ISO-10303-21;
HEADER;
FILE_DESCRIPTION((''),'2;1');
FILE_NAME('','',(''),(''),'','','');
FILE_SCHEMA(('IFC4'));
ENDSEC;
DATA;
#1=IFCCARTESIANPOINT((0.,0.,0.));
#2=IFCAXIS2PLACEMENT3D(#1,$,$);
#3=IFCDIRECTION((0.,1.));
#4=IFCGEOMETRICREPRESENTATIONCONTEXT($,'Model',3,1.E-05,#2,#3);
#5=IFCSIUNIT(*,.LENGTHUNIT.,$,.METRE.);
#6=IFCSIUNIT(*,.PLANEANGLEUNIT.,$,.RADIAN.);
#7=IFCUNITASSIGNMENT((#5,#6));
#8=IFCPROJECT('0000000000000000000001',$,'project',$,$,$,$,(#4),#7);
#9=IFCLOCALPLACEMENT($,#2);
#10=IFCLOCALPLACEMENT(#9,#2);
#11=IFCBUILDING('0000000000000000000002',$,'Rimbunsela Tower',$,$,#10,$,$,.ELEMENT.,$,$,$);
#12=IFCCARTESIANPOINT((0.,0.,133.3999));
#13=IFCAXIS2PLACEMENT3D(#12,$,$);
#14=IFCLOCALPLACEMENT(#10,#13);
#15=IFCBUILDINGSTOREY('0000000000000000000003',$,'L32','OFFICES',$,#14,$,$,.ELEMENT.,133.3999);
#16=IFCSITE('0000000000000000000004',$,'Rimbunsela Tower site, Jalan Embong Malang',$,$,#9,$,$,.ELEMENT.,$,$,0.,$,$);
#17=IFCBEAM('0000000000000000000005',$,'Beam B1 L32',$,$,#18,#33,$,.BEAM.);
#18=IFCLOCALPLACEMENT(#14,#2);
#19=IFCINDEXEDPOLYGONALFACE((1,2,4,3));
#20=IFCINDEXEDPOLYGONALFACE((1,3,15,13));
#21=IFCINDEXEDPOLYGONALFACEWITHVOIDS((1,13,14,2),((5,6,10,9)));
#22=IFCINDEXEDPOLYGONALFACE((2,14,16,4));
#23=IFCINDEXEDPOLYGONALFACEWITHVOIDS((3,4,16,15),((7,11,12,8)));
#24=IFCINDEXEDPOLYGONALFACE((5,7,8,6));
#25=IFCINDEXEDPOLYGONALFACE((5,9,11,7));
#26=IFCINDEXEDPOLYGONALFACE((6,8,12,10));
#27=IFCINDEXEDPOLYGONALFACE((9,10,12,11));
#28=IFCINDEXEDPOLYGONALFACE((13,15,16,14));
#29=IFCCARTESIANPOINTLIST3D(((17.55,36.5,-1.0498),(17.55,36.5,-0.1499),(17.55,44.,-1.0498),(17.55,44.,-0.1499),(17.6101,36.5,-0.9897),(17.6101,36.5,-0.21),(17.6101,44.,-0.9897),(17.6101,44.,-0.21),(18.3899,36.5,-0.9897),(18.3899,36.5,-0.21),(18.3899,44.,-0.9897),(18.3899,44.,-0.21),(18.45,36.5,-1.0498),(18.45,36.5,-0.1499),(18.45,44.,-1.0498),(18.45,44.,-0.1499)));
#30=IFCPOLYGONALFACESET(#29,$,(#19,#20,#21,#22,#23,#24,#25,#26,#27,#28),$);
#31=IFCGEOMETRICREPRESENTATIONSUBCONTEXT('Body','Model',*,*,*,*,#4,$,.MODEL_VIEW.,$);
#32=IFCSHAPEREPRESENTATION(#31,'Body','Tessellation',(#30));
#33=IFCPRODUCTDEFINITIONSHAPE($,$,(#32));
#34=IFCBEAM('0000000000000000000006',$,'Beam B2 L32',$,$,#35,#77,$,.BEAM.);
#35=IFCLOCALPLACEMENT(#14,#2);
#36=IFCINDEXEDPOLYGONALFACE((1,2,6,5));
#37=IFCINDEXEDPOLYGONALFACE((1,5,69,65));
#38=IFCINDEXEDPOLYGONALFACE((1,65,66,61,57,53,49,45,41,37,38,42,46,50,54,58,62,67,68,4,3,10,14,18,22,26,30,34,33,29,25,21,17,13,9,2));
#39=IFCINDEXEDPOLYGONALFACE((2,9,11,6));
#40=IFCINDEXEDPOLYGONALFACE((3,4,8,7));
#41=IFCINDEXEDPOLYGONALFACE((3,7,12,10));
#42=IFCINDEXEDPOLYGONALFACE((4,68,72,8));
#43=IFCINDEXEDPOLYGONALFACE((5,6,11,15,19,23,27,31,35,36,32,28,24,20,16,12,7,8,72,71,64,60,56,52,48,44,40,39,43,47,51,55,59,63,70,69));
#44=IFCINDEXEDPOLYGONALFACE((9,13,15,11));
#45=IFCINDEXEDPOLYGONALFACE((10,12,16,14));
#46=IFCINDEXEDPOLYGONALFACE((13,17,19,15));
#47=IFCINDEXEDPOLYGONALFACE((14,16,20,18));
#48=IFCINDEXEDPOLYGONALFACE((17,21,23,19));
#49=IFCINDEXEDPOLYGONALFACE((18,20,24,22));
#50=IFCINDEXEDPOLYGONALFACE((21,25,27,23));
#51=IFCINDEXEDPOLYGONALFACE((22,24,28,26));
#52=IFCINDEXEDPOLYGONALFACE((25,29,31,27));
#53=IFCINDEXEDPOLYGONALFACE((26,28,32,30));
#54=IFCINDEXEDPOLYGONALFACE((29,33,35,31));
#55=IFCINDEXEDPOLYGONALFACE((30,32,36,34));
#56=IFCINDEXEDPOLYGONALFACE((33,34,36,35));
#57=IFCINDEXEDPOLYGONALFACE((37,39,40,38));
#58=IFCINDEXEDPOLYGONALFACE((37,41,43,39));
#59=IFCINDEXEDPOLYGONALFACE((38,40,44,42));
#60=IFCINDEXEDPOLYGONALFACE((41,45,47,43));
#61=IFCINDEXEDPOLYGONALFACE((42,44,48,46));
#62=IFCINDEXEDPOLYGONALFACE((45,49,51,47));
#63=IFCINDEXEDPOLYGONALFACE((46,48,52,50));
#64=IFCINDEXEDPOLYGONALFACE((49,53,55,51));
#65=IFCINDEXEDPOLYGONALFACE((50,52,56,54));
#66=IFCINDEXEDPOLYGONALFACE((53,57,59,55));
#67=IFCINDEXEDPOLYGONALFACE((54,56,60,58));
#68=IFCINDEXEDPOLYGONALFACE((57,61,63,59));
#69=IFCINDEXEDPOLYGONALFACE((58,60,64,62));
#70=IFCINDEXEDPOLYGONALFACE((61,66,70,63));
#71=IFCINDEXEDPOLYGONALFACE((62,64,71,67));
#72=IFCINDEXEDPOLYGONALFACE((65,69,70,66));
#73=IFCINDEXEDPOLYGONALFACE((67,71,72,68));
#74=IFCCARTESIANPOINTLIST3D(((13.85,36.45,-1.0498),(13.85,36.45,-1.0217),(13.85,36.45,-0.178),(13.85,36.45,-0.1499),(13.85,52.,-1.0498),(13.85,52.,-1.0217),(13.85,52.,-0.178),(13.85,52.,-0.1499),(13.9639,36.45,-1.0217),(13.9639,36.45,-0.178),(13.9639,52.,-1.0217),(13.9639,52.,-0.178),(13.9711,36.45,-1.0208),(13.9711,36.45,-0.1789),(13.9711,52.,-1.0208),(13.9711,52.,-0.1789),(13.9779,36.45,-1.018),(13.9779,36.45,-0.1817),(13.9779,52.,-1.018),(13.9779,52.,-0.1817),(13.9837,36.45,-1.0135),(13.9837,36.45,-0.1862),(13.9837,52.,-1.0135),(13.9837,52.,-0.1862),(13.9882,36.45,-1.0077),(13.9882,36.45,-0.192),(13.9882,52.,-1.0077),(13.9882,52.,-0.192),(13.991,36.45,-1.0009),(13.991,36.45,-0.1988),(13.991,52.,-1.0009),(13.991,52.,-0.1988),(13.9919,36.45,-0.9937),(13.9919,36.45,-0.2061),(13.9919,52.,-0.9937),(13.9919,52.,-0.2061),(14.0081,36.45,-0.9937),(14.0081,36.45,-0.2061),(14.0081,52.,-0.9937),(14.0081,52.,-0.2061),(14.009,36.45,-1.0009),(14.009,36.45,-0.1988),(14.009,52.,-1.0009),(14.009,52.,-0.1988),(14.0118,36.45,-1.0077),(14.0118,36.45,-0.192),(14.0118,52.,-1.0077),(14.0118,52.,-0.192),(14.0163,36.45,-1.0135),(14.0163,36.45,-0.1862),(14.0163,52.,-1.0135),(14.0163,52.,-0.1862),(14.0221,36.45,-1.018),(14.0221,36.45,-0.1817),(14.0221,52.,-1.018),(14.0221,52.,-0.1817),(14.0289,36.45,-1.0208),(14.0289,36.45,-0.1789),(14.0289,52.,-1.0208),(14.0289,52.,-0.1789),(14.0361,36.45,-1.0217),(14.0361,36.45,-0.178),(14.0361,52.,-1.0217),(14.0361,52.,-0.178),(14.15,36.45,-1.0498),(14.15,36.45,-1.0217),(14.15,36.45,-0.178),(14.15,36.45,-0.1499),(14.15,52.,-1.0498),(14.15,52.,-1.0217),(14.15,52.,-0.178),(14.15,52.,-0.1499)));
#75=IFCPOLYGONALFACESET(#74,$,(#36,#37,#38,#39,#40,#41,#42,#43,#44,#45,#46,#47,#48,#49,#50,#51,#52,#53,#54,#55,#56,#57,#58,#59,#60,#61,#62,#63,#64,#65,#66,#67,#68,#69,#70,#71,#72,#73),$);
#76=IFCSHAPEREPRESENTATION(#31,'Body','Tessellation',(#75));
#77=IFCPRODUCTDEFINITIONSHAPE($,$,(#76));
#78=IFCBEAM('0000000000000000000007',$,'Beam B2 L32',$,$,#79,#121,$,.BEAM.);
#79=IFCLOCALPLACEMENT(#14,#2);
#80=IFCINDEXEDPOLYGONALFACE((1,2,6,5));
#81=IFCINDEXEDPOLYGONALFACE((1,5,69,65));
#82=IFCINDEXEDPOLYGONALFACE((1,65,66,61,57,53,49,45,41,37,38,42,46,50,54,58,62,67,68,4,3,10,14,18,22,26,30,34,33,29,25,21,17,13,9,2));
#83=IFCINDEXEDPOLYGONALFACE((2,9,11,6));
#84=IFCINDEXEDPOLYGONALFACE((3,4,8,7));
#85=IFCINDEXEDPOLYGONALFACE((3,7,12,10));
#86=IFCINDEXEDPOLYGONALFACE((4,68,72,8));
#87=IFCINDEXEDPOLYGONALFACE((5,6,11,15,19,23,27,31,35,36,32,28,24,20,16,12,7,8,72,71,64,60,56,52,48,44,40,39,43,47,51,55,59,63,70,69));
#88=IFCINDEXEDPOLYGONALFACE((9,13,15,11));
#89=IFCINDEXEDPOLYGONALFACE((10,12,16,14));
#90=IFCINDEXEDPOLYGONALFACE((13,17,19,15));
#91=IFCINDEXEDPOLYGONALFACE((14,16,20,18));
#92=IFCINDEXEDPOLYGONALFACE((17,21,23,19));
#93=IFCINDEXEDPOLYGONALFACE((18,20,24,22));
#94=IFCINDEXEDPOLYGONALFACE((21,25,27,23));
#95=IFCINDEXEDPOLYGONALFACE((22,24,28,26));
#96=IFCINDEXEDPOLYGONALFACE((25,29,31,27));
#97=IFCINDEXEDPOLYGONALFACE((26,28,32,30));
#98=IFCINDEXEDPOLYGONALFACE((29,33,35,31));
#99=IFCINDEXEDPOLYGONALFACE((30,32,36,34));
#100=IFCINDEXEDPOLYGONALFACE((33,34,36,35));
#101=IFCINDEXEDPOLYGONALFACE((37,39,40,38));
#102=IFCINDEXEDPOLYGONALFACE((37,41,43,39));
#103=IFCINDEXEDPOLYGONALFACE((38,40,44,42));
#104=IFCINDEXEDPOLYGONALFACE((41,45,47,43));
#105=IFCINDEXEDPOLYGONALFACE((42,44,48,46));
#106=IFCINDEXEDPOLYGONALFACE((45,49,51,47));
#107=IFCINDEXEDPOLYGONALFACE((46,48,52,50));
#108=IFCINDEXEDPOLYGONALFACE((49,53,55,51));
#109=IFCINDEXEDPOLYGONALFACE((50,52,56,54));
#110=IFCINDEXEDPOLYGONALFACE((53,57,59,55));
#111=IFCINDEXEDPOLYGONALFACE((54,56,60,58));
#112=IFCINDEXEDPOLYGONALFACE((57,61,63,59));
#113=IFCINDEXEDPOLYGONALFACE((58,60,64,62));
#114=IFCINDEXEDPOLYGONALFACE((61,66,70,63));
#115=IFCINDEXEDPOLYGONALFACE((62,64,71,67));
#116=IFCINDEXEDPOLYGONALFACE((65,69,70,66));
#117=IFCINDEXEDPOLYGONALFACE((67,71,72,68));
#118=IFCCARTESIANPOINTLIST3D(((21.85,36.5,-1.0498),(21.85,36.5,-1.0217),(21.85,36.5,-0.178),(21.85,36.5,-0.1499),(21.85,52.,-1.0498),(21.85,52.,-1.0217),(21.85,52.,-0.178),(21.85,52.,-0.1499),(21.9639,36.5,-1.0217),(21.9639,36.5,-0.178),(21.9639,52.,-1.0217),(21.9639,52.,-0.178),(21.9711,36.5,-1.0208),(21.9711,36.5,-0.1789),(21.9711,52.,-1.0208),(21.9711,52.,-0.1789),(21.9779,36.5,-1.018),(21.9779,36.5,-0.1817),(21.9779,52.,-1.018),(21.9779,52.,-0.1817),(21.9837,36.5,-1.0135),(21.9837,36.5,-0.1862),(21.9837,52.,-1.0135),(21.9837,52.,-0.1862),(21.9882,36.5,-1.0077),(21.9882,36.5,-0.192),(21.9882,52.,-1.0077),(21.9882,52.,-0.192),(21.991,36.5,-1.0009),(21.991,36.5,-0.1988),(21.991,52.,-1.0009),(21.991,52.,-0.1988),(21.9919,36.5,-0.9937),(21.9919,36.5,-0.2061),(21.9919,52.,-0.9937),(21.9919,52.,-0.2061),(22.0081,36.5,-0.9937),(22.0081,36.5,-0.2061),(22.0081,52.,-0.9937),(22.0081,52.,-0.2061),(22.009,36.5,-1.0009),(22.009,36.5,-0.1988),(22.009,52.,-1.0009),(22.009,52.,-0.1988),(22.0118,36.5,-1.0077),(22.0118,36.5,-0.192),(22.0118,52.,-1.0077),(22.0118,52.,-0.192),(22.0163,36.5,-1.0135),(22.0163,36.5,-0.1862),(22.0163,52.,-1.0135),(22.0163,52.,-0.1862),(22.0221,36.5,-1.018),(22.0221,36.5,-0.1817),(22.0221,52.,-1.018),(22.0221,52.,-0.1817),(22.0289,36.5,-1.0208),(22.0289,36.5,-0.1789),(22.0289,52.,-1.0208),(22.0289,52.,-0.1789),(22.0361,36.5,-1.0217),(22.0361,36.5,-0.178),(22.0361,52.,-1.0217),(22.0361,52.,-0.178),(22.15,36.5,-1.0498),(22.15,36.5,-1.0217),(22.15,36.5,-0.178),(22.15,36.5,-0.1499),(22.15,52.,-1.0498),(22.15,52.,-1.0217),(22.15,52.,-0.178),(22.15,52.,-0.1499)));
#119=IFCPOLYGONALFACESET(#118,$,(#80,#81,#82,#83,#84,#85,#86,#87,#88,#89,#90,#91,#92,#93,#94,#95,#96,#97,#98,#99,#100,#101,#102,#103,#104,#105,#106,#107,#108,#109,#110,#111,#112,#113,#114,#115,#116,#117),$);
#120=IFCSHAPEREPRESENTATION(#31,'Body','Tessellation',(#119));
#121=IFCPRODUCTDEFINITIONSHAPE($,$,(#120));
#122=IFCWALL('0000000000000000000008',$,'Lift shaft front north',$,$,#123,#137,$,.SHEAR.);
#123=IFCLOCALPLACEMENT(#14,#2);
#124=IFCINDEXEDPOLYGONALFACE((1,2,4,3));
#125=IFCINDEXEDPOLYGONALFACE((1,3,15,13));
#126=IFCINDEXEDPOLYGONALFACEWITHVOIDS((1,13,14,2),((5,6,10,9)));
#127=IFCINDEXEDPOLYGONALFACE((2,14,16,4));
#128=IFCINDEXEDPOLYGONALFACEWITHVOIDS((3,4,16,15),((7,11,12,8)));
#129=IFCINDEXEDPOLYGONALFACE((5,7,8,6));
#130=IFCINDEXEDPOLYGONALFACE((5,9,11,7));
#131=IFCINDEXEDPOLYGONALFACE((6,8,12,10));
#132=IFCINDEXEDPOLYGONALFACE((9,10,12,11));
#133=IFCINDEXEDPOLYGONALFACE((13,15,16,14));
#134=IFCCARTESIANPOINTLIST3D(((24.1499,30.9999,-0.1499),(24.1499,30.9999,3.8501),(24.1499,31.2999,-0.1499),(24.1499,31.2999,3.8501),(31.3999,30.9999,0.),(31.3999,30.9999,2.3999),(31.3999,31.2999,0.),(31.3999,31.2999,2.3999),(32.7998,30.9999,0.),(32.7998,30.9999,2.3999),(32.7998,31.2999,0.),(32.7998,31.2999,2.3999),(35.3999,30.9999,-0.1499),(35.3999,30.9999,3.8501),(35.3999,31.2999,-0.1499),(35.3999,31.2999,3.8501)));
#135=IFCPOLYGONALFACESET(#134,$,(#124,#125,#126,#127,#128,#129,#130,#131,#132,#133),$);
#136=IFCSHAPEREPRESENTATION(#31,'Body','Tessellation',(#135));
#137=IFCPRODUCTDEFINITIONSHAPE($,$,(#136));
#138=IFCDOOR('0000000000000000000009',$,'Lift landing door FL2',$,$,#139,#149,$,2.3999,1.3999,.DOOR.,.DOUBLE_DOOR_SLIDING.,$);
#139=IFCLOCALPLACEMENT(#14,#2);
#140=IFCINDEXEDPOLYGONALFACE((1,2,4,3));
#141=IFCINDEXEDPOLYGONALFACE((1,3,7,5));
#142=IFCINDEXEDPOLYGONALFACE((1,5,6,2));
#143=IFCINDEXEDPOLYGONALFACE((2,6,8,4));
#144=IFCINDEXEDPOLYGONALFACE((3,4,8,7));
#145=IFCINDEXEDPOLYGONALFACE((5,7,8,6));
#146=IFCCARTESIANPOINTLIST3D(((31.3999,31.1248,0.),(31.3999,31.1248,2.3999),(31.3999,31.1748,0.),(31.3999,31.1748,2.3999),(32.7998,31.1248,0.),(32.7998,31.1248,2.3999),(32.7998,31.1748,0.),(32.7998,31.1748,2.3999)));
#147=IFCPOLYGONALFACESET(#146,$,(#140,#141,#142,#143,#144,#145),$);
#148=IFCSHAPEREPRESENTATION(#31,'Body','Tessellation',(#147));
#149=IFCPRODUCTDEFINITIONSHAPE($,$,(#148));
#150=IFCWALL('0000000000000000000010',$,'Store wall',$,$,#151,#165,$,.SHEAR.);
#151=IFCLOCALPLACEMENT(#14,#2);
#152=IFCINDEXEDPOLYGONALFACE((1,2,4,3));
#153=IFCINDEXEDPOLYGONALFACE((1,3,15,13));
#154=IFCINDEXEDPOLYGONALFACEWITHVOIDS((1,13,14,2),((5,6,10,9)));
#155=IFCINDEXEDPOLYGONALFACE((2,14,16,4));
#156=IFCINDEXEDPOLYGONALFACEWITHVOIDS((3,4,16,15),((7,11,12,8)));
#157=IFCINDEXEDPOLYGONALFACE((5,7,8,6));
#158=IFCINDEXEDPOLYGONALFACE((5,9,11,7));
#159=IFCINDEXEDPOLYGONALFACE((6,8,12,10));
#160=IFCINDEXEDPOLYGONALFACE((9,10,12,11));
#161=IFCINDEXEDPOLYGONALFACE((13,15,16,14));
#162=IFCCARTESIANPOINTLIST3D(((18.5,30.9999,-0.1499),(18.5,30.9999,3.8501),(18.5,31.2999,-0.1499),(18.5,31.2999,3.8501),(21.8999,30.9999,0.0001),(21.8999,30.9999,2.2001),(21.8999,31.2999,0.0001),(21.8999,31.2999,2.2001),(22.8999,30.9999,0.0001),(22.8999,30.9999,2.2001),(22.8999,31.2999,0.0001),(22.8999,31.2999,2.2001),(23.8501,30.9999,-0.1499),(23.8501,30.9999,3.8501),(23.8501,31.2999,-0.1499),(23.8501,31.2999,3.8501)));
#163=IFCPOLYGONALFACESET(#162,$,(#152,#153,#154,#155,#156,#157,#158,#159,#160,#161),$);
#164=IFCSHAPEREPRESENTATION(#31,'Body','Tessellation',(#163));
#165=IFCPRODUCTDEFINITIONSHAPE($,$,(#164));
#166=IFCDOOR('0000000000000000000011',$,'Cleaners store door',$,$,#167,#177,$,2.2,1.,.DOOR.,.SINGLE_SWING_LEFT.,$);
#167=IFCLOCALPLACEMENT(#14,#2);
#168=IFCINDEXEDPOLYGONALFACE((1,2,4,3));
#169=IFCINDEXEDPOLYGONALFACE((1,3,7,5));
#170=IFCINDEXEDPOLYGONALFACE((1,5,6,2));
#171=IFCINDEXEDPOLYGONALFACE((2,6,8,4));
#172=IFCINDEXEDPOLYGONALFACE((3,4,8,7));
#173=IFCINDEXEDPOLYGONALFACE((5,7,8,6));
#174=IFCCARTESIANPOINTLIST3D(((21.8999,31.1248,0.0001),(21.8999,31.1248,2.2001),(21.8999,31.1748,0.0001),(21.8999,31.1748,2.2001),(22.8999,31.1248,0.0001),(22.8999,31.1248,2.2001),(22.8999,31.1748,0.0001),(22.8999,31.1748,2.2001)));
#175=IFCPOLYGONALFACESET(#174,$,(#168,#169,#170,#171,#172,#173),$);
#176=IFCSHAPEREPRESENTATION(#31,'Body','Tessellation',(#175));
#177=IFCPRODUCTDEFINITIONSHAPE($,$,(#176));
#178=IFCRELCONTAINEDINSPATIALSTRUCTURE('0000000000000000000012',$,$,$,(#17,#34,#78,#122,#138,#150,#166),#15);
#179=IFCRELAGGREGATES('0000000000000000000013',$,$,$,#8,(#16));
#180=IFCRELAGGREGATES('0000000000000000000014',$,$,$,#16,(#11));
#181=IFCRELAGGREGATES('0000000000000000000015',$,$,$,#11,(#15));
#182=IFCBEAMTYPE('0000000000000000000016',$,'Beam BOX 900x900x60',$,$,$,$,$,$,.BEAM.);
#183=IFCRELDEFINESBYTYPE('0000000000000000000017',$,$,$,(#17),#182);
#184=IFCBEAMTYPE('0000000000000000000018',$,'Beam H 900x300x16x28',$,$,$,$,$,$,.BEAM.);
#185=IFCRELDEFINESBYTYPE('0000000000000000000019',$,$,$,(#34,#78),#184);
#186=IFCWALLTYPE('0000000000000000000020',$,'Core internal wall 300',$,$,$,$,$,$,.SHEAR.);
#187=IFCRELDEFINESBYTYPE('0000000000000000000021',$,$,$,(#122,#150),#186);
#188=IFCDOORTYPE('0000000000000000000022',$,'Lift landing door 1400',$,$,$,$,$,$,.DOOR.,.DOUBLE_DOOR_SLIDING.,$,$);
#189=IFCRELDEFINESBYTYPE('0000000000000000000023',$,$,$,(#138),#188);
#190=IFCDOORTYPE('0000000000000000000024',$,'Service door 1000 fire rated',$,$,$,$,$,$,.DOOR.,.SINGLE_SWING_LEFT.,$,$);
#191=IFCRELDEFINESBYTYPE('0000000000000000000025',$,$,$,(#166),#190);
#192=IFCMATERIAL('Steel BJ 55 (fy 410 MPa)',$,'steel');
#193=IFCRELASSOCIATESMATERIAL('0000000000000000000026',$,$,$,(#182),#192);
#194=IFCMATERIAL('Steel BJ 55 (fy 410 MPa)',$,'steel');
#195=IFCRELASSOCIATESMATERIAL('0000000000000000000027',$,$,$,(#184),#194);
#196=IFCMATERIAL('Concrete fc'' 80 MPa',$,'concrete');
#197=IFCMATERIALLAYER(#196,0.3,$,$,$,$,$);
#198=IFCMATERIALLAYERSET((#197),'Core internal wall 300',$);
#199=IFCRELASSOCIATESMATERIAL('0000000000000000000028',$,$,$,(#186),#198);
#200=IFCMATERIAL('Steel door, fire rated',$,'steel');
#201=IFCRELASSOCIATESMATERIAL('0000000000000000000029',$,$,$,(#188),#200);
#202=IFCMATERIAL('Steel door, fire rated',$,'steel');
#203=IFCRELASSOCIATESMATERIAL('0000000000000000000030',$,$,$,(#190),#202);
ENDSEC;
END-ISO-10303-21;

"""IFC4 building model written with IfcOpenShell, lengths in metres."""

from ifc_helpers import new_model, si_unit, direction, frame, frame_2d, origin, origin_2d, place, context, subcontext, project, spatial, rectangle, hollow_rectangle, i_section, extrude, material, layer, layer_set, material_profile, profile_set, type_object, element, fill, save


model = new_model("IFC4")

# Units and contexts
model_context = context("Model", 3, precision=1e-05, world=origin(), true_north=direction((0.0, 1.0)))
body_context = subcontext(model_context, "Body", "Model", "MODEL_VIEW")
ifc_project = project(units=[si_unit("LENGTHUNIT", "METRE"), si_unit("PLANEANGLEUNIT", "RADIAN")], contexts=[model_context])

# Site, building, storey
site_placement = place(None, origin())
site = spatial("IfcSite", under=ifc_project, at=site_placement, Name="Rimbunsela Tower site, Jalan Embong Malang", CompositionType="ELEMENT", RefElevation=0.0)
building_placement = place(site_placement, origin())
building = spatial("IfcBuilding", under=site, at=building_placement, Name="Rimbunsela Tower", CompositionType="ELEMENT")
storey_placement = place(building_placement, frame((0.0, 0.0, 133.3999)))
storey = spatial("IfcBuildingStorey", under=building, at=storey_placement, Name="L32", Description="OFFICES", CompositionType="ELEMENT", Elevation=133.3999)

# Beams
ifc_material_1 = material(Name="Steel BJ 55 (fy 410 MPa)", Category="steel")
ifc_material_profile_1 = material_profile(ifc_material_1, hollow_rectangle(XDim=0.8999, YDim=0.8999, WallThickness=0.0601, at=origin_2d()), Name="BOX 900x900x60")
ifc_profile_set_1 = profile_set([ifc_material_profile_1], Name="Steel BJ 55 (fy 410 MPa)")
beam_type_1 = type_object("IfcBeamType", Name="Beam BOX 900x900x60", PredefinedType="BEAM", material=ifc_profile_set_1)
beam_1_placement = place(storey_placement, frame((18.0, 36.5, -0.5999), z_axis=(0.0, 1.0, 0.0), x_axis=(-1.0, 0.0, 0.0)))
element("IfcBeam", 1, at=beam_1_placement, inside=storey, type_object=beam_type_1, Name="Beam B1 L32", PredefinedType="BEAM", context=body_context, shape_type="SweptSolid", body=[
    extrude(hollow_rectangle(XDim=0.8999, YDim=0.8999, WallThickness=0.0601, at=origin_2d()), origin(), (0.0, 0.0, 1.0), 7.5),
])
ifc_material_2 = material(Name="Steel BJ 55 (fy 410 MPa)", Category="steel")
ifc_material_profile_2 = material_profile(ifc_material_2, i_section(OverallWidth=0.3, OverallDepth=0.8999, WebThickness=0.0161, FlangeThickness=0.0281, FilletRadius=0.0281, at=origin_2d()), Name="H 900x300x16x28")
ifc_profile_set_2 = profile_set([ifc_material_profile_2], Name="Steel BJ 55 (fy 410 MPa)")
beam_type_2 = type_object("IfcBeamType", Name="Beam H 900x300x16x28", PredefinedType="BEAM", material=ifc_profile_set_2)
beam_2_placement = place(storey_placement, frame((14.0, 36.45, -0.5999), z_axis=(0.0, 1.0, 0.0), x_axis=(-1.0, 0.0, 0.0)))
element("IfcBeam", 2, at=beam_2_placement, inside=storey, type_object=beam_type_2, Name="Beam B2 L32", PredefinedType="BEAM", context=body_context, shape_type="SweptSolid", body=[
    extrude(i_section(OverallWidth=0.3, OverallDepth=0.8999, WebThickness=0.0161, FlangeThickness=0.0281, FilletRadius=0.0281, at=origin_2d()), origin(), (0.0, 0.0, 1.0), 15.55),
])
beam_3_placement = place(storey_placement, frame((22.0, 36.5, -0.5999), z_axis=(0.0, 1.0, 0.0), x_axis=(-1.0, 0.0, 0.0)))
element("IfcBeam", 3, at=beam_3_placement, inside=storey, type_object=beam_type_2, Name="Beam B2 L32", PredefinedType="BEAM", context=body_context, shape_type="SweptSolid", body=[
    extrude(i_section(OverallWidth=0.3, OverallDepth=0.8999, WebThickness=0.0161, FlangeThickness=0.0281, FilletRadius=0.0281, at=origin_2d()), origin(), (0.0, 0.0, 1.0), 15.5),
])

# Walls, openings, doors
ifc_material_3 = material(Name="Concrete fc' 80 MPa", Category="concrete")
ifc_layer_1 = layer(ifc_material_3, 0.3)
ifc_layer_set_1 = layer_set([ifc_layer_1], Name="Core internal wall 300")
wall_type_1 = type_object("IfcWallType", Name="Core internal wall 300", PredefinedType="SHEAR", material=ifc_layer_set_1)
wall_1_placement = place(storey_placement, frame((24.1499, 31.1499, -0.1499), z_axis=(0.0, 0.0, 1.0), x_axis=(1.0, 0.0, 0.0)))
wall_1 = element("IfcWall", 4, at=wall_1_placement, inside=storey, type_object=wall_type_1, Name="Lift shaft front north", PredefinedType="SHEAR", context=body_context, shape_type="SweptSolid", body=[
    extrude(rectangle(XDim=11.25, YDim=0.3, at=frame_2d((5.625, 0.0))), origin(), (0.0, 0.0, 1.0), 4.0),
])
opening_1_placement = place(wall_1_placement, frame((7.25, 0.0, 0.1499)))
opening_1 = element("IfcOpeningElement", 5, at=opening_1_placement, cuts=wall_1, PredefinedType="OPENING", context=body_context, shape_type="SweptSolid", body=[
    extrude(rectangle(XDim=1.3999, YDim=2.3999, at=frame_2d((0.7, 1.2))), frame((0.0, 0.1599, 0.0), z_axis=(0.0, -1.0, 0.0), x_axis=(1.0, 0.0, 0.0)), (0.0, 0.0, 1.0), 0.3201),
])
ifc_material_4 = material(Name="Steel door, fire rated", Category="steel")
door_type_1 = type_object("IfcDoorType", Name="Lift landing door 1400", OperationType="DOUBLE_DOOR_SLIDING", PredefinedType="DOOR", material=ifc_material_4)
door_1_placement = place(opening_1_placement, origin())
door_1 = element("IfcDoor", 6, at=door_1_placement, inside=storey, type_object=door_type_1, Name="Lift landing door FL2", OperationType="DOUBLE_DOOR_SLIDING", OverallHeight=2.3999, OverallWidth=1.3999, PredefinedType="DOOR", context=body_context, shape_type="SweptSolid", body=[
    extrude(rectangle(XDim=1.3999, YDim=2.3999, at=frame_2d((0.7, 1.2))), frame((0.0, 0.0249, 0.0), z_axis=(0.0, -1.0, 0.0), x_axis=(1.0, 0.0, 0.0)), (0.0, 0.0, 1.0), 0.05),
])
fill(opening_1, door_1)
wall_2_placement = place(storey_placement, frame((18.5, 31.1499, -0.1499), z_axis=(0.0, 0.0, 1.0), x_axis=(1.0, 0.0, 0.0)))
wall_2 = element("IfcWall", 7, at=wall_2_placement, inside=storey, type_object=wall_type_1, Name="Store wall", PredefinedType="SHEAR", context=body_context, shape_type="SweptSolid", body=[
    extrude(rectangle(XDim=5.3501, YDim=0.3, at=frame_2d((2.675, 0.0))), origin(), (0.0, 0.0, 1.0), 4.0),
])
opening_2_placement = place(wall_2_placement, frame((3.3999, 0.0, 0.1499)))
opening_2 = element("IfcOpeningElement", 8, at=opening_2_placement, cuts=wall_2, PredefinedType="OPENING", context=body_context, shape_type="SweptSolid", body=[
    extrude(rectangle(XDim=1.0, YDim=2.2, at=frame_2d((0.5, 1.1001))), frame((0.0, 0.1599, 0.0), z_axis=(0.0, -1.0, 0.0), x_axis=(1.0, 0.0, 0.0)), (0.0, 0.0, 1.0), 0.3201),
])
ifc_material_5 = material(Name="Steel door, fire rated", Category="steel")
door_type_2 = type_object("IfcDoorType", Name="Service door 1000 fire rated", OperationType="SINGLE_SWING_LEFT", PredefinedType="DOOR", material=ifc_material_5)
door_2_placement = place(opening_2_placement, origin())
door_2 = element("IfcDoor", 9, at=door_2_placement, inside=storey, type_object=door_type_2, Name="Cleaners store door", OperationType="SINGLE_SWING_LEFT", OverallHeight=2.2, OverallWidth=1.0, PredefinedType="DOOR", context=body_context, shape_type="SweptSolid", body=[
    extrude(rectangle(XDim=1.0, YDim=2.2, at=frame_2d((0.5, 1.1001))), frame((0.0, 0.0249, 0.0), z_axis=(0.0, -1.0, 0.0), x_axis=(1.0, 0.0, 0.0)), (0.0, 0.0, 1.0), 0.05),
])
fill(opening_2, door_2)

save(model, "model.ifc")
